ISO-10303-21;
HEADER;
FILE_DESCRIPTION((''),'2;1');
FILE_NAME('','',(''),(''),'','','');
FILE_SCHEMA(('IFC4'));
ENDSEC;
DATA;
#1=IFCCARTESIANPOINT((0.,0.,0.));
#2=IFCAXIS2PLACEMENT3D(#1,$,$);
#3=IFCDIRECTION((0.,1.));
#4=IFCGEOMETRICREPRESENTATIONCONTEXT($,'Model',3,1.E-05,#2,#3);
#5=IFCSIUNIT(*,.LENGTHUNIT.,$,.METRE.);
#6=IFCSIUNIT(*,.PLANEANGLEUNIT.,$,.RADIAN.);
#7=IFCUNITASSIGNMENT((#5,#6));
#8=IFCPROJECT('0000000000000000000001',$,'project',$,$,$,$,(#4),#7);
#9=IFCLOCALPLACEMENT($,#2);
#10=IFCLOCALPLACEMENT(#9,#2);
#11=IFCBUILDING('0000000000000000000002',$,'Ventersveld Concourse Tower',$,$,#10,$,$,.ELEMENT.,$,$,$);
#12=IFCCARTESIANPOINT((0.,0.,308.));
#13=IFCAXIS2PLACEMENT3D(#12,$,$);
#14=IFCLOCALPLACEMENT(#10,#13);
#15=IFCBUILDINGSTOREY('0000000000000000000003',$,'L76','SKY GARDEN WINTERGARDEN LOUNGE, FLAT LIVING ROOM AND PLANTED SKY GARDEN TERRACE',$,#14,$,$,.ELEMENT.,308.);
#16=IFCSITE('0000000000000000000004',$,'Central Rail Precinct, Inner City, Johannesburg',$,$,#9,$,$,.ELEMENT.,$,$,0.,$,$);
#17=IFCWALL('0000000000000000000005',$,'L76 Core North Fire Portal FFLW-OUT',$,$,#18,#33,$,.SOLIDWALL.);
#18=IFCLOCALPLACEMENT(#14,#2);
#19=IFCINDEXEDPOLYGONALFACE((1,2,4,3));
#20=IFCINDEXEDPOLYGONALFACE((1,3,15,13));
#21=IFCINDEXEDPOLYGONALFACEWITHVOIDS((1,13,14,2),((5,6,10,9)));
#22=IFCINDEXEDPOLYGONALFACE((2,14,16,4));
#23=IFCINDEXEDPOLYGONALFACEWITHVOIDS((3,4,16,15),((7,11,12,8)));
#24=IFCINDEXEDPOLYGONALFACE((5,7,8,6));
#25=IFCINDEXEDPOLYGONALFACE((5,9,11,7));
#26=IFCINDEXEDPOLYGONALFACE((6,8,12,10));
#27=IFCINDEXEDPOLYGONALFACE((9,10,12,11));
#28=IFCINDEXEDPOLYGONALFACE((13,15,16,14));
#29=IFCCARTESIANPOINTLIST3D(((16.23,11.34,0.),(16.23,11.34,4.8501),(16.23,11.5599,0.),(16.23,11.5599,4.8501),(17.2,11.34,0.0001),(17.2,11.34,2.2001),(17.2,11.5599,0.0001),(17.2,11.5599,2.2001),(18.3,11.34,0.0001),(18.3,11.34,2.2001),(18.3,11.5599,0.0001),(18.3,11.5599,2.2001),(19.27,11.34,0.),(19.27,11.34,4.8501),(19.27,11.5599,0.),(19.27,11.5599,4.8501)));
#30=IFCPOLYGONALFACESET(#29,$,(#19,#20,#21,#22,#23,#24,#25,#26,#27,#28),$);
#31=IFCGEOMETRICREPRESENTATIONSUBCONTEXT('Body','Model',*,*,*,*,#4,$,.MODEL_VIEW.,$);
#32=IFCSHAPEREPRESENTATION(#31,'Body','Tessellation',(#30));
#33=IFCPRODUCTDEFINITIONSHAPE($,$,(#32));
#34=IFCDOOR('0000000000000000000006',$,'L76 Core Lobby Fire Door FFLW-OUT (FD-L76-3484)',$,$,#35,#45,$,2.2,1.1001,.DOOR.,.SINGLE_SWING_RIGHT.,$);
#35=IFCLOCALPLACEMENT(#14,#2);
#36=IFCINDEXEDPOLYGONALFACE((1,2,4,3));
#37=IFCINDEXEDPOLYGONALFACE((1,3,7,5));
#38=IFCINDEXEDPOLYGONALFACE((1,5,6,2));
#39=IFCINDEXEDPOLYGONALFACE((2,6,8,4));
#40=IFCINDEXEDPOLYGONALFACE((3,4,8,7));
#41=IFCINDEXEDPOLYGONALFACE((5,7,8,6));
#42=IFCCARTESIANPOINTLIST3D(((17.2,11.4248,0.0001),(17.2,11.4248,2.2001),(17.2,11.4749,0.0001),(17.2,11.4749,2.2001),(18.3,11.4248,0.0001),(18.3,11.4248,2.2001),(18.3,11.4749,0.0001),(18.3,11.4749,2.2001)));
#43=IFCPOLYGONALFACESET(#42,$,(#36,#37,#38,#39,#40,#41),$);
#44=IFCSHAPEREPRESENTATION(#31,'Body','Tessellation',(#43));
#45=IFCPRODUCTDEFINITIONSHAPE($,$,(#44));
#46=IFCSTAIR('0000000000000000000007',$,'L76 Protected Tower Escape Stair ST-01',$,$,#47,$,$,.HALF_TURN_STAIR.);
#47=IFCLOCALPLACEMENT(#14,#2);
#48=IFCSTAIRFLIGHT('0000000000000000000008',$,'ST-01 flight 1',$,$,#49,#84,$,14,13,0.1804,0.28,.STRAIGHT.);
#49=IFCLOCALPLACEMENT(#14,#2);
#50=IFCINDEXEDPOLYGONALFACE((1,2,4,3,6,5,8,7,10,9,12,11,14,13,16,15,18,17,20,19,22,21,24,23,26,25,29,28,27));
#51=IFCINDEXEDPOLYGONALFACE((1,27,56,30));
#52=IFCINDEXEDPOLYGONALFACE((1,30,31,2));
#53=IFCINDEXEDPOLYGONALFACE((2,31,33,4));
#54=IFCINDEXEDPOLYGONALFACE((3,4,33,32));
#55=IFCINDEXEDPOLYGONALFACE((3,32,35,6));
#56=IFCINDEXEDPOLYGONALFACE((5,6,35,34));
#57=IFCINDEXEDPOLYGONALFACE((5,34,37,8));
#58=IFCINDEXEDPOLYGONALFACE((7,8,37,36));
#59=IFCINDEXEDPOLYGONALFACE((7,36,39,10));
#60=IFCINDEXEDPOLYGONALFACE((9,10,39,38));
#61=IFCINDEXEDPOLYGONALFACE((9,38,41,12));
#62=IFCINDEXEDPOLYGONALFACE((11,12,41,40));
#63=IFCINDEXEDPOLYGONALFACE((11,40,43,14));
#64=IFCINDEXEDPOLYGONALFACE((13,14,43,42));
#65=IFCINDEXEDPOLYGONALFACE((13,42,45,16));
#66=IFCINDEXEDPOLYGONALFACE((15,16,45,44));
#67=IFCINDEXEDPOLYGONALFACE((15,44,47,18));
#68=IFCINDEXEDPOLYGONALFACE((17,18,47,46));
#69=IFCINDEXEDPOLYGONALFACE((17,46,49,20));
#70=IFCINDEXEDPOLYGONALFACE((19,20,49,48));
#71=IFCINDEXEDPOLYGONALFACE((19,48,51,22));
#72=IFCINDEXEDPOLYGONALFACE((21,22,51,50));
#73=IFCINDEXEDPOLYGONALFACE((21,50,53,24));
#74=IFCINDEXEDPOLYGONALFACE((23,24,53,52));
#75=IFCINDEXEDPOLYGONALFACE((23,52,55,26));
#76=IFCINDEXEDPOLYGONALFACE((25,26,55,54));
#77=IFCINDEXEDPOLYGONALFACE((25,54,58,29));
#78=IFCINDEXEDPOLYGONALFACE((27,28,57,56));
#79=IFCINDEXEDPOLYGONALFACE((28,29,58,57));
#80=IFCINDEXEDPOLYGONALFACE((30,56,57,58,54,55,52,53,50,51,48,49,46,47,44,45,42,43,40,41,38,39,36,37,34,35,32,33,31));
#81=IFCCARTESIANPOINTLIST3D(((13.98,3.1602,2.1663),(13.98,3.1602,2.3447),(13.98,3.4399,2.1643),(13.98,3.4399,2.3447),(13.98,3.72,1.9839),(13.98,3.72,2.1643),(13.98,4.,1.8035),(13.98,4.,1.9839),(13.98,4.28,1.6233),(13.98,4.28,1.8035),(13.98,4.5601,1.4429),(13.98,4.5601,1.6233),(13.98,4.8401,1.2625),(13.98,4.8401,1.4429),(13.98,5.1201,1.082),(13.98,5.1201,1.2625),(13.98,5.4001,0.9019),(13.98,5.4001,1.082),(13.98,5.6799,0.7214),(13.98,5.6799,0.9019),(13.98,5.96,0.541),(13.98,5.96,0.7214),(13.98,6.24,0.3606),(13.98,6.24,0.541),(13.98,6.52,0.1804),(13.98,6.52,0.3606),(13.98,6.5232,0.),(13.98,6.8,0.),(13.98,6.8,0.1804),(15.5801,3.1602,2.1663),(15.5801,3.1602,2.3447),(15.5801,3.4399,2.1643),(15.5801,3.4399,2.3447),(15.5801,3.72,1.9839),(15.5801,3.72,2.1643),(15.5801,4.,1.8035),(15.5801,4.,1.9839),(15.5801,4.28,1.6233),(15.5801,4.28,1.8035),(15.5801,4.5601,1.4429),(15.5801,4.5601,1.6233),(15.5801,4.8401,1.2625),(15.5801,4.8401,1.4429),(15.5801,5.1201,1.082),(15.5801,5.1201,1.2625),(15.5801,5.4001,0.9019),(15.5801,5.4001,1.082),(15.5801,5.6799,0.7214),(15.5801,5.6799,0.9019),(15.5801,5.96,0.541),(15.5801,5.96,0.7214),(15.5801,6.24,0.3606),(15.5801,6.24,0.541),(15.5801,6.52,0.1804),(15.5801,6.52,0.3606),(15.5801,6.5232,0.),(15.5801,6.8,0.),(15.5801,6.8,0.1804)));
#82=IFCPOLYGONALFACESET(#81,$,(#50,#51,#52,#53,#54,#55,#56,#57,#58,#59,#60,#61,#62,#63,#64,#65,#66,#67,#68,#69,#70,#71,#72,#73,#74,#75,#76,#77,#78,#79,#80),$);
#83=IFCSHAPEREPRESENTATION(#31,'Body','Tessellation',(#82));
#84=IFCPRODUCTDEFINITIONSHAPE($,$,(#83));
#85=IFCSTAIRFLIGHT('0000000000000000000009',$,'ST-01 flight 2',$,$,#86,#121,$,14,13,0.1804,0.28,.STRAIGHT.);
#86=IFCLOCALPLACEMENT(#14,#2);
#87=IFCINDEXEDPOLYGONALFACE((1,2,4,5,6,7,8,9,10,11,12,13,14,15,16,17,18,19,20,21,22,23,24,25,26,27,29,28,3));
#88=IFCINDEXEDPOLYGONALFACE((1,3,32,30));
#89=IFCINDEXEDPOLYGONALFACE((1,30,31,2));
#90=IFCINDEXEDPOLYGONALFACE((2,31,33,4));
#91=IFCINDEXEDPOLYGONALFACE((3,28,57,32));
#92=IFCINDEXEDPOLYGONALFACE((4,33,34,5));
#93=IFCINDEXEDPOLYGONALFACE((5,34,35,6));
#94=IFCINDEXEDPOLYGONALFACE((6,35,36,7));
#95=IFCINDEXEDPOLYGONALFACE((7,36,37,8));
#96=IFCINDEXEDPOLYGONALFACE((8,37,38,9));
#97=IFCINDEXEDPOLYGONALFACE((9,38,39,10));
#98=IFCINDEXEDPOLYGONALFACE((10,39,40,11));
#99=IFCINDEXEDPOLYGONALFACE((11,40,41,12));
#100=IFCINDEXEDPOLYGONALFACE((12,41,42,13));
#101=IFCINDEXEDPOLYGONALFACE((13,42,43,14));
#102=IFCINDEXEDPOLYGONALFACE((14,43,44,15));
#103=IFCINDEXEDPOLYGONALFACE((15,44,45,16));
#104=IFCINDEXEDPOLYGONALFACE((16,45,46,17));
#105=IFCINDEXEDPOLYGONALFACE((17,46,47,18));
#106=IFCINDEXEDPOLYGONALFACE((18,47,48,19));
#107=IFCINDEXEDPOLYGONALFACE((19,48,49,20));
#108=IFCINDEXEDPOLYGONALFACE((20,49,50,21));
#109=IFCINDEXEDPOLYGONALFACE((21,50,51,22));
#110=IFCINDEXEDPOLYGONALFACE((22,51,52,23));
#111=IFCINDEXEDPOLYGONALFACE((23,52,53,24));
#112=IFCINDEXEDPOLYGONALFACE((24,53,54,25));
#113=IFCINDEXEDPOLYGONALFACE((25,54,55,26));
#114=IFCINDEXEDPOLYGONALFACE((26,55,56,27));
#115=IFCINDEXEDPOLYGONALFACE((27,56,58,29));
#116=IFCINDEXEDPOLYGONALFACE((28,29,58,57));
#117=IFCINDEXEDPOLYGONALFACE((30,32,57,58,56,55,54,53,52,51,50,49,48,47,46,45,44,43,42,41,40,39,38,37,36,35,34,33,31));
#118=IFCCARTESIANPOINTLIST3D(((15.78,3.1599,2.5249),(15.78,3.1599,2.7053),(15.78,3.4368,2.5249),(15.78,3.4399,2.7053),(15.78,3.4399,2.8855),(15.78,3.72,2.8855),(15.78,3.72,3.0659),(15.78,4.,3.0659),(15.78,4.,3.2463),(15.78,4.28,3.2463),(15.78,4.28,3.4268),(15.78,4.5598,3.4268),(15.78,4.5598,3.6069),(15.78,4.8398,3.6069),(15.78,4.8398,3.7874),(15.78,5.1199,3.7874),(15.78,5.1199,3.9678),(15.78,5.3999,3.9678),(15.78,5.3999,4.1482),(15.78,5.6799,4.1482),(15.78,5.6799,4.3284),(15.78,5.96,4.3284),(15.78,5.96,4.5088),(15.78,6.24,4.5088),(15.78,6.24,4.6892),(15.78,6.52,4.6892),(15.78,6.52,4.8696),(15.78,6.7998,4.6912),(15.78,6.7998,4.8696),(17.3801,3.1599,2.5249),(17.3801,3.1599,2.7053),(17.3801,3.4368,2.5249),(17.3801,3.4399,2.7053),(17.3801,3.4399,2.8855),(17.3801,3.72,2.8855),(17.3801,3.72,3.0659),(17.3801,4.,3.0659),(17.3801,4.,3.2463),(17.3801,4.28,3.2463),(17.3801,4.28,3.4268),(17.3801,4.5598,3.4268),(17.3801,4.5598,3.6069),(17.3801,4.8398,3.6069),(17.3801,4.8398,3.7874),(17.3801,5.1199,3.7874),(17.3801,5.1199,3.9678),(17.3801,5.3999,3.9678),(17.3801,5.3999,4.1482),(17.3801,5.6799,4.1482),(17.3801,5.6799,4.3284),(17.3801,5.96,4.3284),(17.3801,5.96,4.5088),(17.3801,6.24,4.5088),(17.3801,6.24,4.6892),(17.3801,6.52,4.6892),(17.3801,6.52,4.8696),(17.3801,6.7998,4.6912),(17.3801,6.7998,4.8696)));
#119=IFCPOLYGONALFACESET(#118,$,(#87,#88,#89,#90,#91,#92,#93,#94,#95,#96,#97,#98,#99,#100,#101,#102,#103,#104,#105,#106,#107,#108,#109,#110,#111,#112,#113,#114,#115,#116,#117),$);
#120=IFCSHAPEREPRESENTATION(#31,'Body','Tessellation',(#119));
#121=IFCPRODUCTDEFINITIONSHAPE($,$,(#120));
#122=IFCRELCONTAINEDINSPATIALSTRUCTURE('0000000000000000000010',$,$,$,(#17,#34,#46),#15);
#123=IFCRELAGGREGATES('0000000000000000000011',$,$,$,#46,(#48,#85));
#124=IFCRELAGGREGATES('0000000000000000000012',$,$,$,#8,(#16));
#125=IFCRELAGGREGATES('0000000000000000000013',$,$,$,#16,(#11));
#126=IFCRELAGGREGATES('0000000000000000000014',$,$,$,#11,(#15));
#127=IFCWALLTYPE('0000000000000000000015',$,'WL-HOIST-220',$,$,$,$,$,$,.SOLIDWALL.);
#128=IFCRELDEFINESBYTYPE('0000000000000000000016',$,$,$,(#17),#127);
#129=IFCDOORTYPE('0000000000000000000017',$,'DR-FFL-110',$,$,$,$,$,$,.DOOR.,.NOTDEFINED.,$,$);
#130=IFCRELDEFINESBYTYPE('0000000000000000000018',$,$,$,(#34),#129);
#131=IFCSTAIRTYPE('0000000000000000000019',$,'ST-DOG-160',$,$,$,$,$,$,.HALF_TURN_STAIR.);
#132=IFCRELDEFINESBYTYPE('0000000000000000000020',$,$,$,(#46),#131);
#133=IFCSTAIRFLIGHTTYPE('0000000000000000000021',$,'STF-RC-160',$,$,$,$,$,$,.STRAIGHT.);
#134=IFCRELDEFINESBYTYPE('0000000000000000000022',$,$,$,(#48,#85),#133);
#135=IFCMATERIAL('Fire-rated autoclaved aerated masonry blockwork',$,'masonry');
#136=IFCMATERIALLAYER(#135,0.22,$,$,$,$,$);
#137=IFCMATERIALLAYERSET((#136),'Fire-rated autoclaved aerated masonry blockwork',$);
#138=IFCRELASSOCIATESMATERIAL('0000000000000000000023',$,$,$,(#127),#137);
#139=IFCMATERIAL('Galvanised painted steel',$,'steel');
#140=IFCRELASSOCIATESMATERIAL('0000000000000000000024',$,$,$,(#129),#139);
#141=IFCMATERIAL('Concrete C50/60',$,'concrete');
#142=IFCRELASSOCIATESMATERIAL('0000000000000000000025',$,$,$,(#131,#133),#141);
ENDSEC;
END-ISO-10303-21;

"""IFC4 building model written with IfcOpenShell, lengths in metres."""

from ifc_helpers import new_model, si_unit, direction, frame, frame_2d, origin, place, context, subcontext, project, spatial, polyline, rectangle, outline, extrude, material, layer, layer_set, type_object, element, fill, aggregate, save


model = new_model("IFC4")

# Units and contexts
model_context = context("Model", 3, precision=1e-05, world=origin(), true_north=direction((0.0, 1.0)))
body_context = subcontext(model_context, "Body", "Model", "MODEL_VIEW")
ifc_project = project(units=[si_unit("LENGTHUNIT", "METRE"), si_unit("PLANEANGLEUNIT", "RADIAN")], contexts=[model_context])

# Site, building, storey
site_placement = place(None, origin())
site = spatial("IfcSite", under=ifc_project, at=site_placement, Name="Central Rail Precinct, Inner City, Johannesburg", CompositionType="ELEMENT", RefElevation=0.0)
building_placement = place(site_placement, origin())
building = spatial("IfcBuilding", under=site, at=building_placement, Name="Ventersveld Concourse Tower", CompositionType="ELEMENT")
storey_placement = place(building_placement, frame((0.0, 0.0, 308.0)))
storey = spatial("IfcBuildingStorey", under=building, at=storey_placement, Name="L76", Description="SKY GARDEN WINTERGARDEN LOUNGE, FLAT LIVING ROOM AND PLANTED SKY GARDEN TERRACE", CompositionType="ELEMENT", Elevation=308.0)

# Shared definitions
ifc_material_1 = material(Name="Concrete C50/60", Category="concrete")

# Shared definitions
ifc_material_2 = material(Name="Fire-rated autoclaved aerated masonry blockwork", Category="masonry")
ifc_layer_1 = layer(ifc_material_2, 0.22)
ifc_layer_set_1 = layer_set([ifc_layer_1], Name="Fire-rated autoclaved aerated masonry blockwork")
wall_type_1 = type_object("IfcWallType", Name="WL-HOIST-220", PredefinedType="SOLIDWALL", material=ifc_layer_set_1)

# Wall, opening, door
wall_1_placement = place(storey_placement, frame((16.23, 11.45, 0.0), z_axis=(0.0, 0.0, 1.0), x_axis=(1.0, 0.0, 0.0)))
wall_1 = element("IfcWall", 1, at=wall_1_placement, inside=storey, type_object=wall_type_1, Name="L76 Core North Fire Portal FFLW-OUT", PredefinedType="SOLIDWALL", context=body_context, shape_type="SweptSolid", body=[
    extrude(rectangle(XDim=3.04, YDim=0.22, at=frame_2d((1.52, 0.0))), origin(), (0.0, 0.0, 1.0), 4.8501),
])
opening_1_placement = place(wall_1_placement, frame((0.97, 0.0, 0.0)))
opening_1 = element("IfcOpeningElement", 2, at=opening_1_placement, cuts=wall_1, PredefinedType="OPENING", context=body_context, shape_type="SweptSolid", body=[
    extrude(rectangle(XDim=1.1001, YDim=2.2, at=frame_2d((0.55, 1.1001))), frame((0.0, 0.1201, 0.0), z_axis=(0.0, -1.0, 0.0), x_axis=(1.0, 0.0, 0.0)), (0.0, 0.0, 1.0), 0.24),
])
ifc_material_3 = material(Name="Galvanised painted steel", Category="steel")
door_type_1 = type_object("IfcDoorType", Name="DR-FFL-110", OperationType="NOTDEFINED", PredefinedType="DOOR", material=ifc_material_3)
door_1_placement = place(opening_1_placement, origin())
door_1 = element("IfcDoor", 3, at=door_1_placement, inside=storey, type_object=door_type_1, Name="L76 Core Lobby Fire Door FFLW-OUT (FD-L76-3484)", OperationType="SINGLE_SWING_RIGHT", OverallHeight=2.2, OverallWidth=1.1001, PredefinedType="DOOR", context=body_context, shape_type="SweptSolid", body=[
    extrude(rectangle(XDim=1.1001, YDim=2.2, at=frame_2d((0.55, 1.1001))), frame((0.0, 0.0249, 0.0), z_axis=(0.0, -1.0, 0.0), x_axis=(1.0, 0.0, 0.0)), (0.0, 0.0, 1.0), 0.05),
])
fill(opening_1, door_1)

# Stair, stair flights
stair_type = type_object("IfcStairType", Name="ST-DOG-160", PredefinedType="HALF_TURN_STAIR", material=ifc_material_1)
stair_placement = place(storey_placement, origin())
stair = element("IfcStair", 4, at=stair_placement, inside=storey, type_object=stair_type, Name="L76 Protected Tower Escape Stair ST-01", PredefinedType="HALF_TURN_STAIR")
stair_flight_type = type_object("IfcStairFlightType", Name="STF-RC-160", PredefinedType="STRAIGHT", material=ifc_material_1)
stair_flight_1_placement = place(storey_placement, frame((14.78, 6.8, 0.0), z_axis=(0.0, 0.0, 1.0), x_axis=(0.0, -1.0, 0.0)))
stair_flight_1 = element("IfcStairFlight", 5, at=stair_flight_1_placement, type_object=stair_flight_type, Name="ST-01 flight 1", NumberOfRisers=14, NumberOfTreads=13, PredefinedType="STRAIGHT", RiserHeight=0.1804, TreadLength=0.28, context=body_context, shape_type="SweptSolid", body=[
    extrude(outline(polyline([(0.0, 0.0), (0.0, 0.1804), (0.28, 0.1804), (0.28, 0.3606), (0.5601, 0.3606), (0.5601, 0.541), (0.8401, 0.541), (0.8401, 0.7214), (1.1201, 0.7214), (1.1201, 0.9019), (1.3999, 0.9019), (1.3999, 1.082), (1.6799, 1.082), (1.6799, 1.2625), (1.96, 1.2625), (1.96, 1.4429), (2.24, 1.4429), (2.24, 1.6233), (2.52, 1.6233), (2.52, 1.8035), (2.8, 1.8035), (2.8, 1.9839), (3.0801, 1.9839), (3.0801, 2.1643), (3.3601, 2.1643), (3.3601, 2.3447), (3.6399, 2.3447), (3.6399, 2.5249), (3.6399, 2.1663), (0.2769, 0.0), (0.0, 0.0)])), frame((0.0, 0.8, 0.0), z_axis=(0.0, -1.0, 0.0), x_axis=(1.0, 0.0, 0.0)), (0.0, 0.0, 1.0), 1.6001),
])
stair_flight_2_placement = place(storey_placement, frame((16.5801, 3.1599, 2.5249), z_axis=(0.0, 0.0, 1.0), x_axis=(0.0, 1.0, 0.0)))
stair_flight_2 = element("IfcStairFlight", 6, at=stair_flight_2_placement, type_object=stair_flight_type, Name="ST-01 flight 2", NumberOfRisers=14, NumberOfTreads=13, PredefinedType="STRAIGHT", RiserHeight=0.1804, TreadLength=0.28, context=body_context, shape_type="SweptSolid", body=[
    extrude(outline(polyline([(0.0, 0.0), (0.0, 0.1804), (0.28, 0.1804), (0.28, 0.3606), (0.5601, 0.3606), (0.5601, 0.541), (0.8401, 0.541), (0.8401, 0.7214), (1.1201, 0.7214), (1.1201, 0.9019), (1.3999, 0.9019), (1.3999, 1.082), (1.6799, 1.082), (1.6799, 1.2625), (1.96, 1.2625), (1.96, 1.4429), (2.24, 1.4429), (2.24, 1.6233), (2.52, 1.6233), (2.52, 1.8035), (2.8, 1.8035), (2.8, 1.9839), (3.0801, 1.9839), (3.0801, 2.1643), (3.3601, 2.1643), (3.3601, 2.3447), (3.6399, 2.3447), (3.6399, 2.5249), (3.6399, 2.1663), (0.2769, 0.0), (0.0, 0.0)])), frame((0.0, 0.8, 0.0), z_axis=(0.0, -1.0, 0.0), x_axis=(1.0, 0.0, 0.0)), (0.0, 0.0, 1.0), 1.6001),
])
aggregate(stair, [stair_flight_1, stair_flight_2])

save(model, "model.ifc")
